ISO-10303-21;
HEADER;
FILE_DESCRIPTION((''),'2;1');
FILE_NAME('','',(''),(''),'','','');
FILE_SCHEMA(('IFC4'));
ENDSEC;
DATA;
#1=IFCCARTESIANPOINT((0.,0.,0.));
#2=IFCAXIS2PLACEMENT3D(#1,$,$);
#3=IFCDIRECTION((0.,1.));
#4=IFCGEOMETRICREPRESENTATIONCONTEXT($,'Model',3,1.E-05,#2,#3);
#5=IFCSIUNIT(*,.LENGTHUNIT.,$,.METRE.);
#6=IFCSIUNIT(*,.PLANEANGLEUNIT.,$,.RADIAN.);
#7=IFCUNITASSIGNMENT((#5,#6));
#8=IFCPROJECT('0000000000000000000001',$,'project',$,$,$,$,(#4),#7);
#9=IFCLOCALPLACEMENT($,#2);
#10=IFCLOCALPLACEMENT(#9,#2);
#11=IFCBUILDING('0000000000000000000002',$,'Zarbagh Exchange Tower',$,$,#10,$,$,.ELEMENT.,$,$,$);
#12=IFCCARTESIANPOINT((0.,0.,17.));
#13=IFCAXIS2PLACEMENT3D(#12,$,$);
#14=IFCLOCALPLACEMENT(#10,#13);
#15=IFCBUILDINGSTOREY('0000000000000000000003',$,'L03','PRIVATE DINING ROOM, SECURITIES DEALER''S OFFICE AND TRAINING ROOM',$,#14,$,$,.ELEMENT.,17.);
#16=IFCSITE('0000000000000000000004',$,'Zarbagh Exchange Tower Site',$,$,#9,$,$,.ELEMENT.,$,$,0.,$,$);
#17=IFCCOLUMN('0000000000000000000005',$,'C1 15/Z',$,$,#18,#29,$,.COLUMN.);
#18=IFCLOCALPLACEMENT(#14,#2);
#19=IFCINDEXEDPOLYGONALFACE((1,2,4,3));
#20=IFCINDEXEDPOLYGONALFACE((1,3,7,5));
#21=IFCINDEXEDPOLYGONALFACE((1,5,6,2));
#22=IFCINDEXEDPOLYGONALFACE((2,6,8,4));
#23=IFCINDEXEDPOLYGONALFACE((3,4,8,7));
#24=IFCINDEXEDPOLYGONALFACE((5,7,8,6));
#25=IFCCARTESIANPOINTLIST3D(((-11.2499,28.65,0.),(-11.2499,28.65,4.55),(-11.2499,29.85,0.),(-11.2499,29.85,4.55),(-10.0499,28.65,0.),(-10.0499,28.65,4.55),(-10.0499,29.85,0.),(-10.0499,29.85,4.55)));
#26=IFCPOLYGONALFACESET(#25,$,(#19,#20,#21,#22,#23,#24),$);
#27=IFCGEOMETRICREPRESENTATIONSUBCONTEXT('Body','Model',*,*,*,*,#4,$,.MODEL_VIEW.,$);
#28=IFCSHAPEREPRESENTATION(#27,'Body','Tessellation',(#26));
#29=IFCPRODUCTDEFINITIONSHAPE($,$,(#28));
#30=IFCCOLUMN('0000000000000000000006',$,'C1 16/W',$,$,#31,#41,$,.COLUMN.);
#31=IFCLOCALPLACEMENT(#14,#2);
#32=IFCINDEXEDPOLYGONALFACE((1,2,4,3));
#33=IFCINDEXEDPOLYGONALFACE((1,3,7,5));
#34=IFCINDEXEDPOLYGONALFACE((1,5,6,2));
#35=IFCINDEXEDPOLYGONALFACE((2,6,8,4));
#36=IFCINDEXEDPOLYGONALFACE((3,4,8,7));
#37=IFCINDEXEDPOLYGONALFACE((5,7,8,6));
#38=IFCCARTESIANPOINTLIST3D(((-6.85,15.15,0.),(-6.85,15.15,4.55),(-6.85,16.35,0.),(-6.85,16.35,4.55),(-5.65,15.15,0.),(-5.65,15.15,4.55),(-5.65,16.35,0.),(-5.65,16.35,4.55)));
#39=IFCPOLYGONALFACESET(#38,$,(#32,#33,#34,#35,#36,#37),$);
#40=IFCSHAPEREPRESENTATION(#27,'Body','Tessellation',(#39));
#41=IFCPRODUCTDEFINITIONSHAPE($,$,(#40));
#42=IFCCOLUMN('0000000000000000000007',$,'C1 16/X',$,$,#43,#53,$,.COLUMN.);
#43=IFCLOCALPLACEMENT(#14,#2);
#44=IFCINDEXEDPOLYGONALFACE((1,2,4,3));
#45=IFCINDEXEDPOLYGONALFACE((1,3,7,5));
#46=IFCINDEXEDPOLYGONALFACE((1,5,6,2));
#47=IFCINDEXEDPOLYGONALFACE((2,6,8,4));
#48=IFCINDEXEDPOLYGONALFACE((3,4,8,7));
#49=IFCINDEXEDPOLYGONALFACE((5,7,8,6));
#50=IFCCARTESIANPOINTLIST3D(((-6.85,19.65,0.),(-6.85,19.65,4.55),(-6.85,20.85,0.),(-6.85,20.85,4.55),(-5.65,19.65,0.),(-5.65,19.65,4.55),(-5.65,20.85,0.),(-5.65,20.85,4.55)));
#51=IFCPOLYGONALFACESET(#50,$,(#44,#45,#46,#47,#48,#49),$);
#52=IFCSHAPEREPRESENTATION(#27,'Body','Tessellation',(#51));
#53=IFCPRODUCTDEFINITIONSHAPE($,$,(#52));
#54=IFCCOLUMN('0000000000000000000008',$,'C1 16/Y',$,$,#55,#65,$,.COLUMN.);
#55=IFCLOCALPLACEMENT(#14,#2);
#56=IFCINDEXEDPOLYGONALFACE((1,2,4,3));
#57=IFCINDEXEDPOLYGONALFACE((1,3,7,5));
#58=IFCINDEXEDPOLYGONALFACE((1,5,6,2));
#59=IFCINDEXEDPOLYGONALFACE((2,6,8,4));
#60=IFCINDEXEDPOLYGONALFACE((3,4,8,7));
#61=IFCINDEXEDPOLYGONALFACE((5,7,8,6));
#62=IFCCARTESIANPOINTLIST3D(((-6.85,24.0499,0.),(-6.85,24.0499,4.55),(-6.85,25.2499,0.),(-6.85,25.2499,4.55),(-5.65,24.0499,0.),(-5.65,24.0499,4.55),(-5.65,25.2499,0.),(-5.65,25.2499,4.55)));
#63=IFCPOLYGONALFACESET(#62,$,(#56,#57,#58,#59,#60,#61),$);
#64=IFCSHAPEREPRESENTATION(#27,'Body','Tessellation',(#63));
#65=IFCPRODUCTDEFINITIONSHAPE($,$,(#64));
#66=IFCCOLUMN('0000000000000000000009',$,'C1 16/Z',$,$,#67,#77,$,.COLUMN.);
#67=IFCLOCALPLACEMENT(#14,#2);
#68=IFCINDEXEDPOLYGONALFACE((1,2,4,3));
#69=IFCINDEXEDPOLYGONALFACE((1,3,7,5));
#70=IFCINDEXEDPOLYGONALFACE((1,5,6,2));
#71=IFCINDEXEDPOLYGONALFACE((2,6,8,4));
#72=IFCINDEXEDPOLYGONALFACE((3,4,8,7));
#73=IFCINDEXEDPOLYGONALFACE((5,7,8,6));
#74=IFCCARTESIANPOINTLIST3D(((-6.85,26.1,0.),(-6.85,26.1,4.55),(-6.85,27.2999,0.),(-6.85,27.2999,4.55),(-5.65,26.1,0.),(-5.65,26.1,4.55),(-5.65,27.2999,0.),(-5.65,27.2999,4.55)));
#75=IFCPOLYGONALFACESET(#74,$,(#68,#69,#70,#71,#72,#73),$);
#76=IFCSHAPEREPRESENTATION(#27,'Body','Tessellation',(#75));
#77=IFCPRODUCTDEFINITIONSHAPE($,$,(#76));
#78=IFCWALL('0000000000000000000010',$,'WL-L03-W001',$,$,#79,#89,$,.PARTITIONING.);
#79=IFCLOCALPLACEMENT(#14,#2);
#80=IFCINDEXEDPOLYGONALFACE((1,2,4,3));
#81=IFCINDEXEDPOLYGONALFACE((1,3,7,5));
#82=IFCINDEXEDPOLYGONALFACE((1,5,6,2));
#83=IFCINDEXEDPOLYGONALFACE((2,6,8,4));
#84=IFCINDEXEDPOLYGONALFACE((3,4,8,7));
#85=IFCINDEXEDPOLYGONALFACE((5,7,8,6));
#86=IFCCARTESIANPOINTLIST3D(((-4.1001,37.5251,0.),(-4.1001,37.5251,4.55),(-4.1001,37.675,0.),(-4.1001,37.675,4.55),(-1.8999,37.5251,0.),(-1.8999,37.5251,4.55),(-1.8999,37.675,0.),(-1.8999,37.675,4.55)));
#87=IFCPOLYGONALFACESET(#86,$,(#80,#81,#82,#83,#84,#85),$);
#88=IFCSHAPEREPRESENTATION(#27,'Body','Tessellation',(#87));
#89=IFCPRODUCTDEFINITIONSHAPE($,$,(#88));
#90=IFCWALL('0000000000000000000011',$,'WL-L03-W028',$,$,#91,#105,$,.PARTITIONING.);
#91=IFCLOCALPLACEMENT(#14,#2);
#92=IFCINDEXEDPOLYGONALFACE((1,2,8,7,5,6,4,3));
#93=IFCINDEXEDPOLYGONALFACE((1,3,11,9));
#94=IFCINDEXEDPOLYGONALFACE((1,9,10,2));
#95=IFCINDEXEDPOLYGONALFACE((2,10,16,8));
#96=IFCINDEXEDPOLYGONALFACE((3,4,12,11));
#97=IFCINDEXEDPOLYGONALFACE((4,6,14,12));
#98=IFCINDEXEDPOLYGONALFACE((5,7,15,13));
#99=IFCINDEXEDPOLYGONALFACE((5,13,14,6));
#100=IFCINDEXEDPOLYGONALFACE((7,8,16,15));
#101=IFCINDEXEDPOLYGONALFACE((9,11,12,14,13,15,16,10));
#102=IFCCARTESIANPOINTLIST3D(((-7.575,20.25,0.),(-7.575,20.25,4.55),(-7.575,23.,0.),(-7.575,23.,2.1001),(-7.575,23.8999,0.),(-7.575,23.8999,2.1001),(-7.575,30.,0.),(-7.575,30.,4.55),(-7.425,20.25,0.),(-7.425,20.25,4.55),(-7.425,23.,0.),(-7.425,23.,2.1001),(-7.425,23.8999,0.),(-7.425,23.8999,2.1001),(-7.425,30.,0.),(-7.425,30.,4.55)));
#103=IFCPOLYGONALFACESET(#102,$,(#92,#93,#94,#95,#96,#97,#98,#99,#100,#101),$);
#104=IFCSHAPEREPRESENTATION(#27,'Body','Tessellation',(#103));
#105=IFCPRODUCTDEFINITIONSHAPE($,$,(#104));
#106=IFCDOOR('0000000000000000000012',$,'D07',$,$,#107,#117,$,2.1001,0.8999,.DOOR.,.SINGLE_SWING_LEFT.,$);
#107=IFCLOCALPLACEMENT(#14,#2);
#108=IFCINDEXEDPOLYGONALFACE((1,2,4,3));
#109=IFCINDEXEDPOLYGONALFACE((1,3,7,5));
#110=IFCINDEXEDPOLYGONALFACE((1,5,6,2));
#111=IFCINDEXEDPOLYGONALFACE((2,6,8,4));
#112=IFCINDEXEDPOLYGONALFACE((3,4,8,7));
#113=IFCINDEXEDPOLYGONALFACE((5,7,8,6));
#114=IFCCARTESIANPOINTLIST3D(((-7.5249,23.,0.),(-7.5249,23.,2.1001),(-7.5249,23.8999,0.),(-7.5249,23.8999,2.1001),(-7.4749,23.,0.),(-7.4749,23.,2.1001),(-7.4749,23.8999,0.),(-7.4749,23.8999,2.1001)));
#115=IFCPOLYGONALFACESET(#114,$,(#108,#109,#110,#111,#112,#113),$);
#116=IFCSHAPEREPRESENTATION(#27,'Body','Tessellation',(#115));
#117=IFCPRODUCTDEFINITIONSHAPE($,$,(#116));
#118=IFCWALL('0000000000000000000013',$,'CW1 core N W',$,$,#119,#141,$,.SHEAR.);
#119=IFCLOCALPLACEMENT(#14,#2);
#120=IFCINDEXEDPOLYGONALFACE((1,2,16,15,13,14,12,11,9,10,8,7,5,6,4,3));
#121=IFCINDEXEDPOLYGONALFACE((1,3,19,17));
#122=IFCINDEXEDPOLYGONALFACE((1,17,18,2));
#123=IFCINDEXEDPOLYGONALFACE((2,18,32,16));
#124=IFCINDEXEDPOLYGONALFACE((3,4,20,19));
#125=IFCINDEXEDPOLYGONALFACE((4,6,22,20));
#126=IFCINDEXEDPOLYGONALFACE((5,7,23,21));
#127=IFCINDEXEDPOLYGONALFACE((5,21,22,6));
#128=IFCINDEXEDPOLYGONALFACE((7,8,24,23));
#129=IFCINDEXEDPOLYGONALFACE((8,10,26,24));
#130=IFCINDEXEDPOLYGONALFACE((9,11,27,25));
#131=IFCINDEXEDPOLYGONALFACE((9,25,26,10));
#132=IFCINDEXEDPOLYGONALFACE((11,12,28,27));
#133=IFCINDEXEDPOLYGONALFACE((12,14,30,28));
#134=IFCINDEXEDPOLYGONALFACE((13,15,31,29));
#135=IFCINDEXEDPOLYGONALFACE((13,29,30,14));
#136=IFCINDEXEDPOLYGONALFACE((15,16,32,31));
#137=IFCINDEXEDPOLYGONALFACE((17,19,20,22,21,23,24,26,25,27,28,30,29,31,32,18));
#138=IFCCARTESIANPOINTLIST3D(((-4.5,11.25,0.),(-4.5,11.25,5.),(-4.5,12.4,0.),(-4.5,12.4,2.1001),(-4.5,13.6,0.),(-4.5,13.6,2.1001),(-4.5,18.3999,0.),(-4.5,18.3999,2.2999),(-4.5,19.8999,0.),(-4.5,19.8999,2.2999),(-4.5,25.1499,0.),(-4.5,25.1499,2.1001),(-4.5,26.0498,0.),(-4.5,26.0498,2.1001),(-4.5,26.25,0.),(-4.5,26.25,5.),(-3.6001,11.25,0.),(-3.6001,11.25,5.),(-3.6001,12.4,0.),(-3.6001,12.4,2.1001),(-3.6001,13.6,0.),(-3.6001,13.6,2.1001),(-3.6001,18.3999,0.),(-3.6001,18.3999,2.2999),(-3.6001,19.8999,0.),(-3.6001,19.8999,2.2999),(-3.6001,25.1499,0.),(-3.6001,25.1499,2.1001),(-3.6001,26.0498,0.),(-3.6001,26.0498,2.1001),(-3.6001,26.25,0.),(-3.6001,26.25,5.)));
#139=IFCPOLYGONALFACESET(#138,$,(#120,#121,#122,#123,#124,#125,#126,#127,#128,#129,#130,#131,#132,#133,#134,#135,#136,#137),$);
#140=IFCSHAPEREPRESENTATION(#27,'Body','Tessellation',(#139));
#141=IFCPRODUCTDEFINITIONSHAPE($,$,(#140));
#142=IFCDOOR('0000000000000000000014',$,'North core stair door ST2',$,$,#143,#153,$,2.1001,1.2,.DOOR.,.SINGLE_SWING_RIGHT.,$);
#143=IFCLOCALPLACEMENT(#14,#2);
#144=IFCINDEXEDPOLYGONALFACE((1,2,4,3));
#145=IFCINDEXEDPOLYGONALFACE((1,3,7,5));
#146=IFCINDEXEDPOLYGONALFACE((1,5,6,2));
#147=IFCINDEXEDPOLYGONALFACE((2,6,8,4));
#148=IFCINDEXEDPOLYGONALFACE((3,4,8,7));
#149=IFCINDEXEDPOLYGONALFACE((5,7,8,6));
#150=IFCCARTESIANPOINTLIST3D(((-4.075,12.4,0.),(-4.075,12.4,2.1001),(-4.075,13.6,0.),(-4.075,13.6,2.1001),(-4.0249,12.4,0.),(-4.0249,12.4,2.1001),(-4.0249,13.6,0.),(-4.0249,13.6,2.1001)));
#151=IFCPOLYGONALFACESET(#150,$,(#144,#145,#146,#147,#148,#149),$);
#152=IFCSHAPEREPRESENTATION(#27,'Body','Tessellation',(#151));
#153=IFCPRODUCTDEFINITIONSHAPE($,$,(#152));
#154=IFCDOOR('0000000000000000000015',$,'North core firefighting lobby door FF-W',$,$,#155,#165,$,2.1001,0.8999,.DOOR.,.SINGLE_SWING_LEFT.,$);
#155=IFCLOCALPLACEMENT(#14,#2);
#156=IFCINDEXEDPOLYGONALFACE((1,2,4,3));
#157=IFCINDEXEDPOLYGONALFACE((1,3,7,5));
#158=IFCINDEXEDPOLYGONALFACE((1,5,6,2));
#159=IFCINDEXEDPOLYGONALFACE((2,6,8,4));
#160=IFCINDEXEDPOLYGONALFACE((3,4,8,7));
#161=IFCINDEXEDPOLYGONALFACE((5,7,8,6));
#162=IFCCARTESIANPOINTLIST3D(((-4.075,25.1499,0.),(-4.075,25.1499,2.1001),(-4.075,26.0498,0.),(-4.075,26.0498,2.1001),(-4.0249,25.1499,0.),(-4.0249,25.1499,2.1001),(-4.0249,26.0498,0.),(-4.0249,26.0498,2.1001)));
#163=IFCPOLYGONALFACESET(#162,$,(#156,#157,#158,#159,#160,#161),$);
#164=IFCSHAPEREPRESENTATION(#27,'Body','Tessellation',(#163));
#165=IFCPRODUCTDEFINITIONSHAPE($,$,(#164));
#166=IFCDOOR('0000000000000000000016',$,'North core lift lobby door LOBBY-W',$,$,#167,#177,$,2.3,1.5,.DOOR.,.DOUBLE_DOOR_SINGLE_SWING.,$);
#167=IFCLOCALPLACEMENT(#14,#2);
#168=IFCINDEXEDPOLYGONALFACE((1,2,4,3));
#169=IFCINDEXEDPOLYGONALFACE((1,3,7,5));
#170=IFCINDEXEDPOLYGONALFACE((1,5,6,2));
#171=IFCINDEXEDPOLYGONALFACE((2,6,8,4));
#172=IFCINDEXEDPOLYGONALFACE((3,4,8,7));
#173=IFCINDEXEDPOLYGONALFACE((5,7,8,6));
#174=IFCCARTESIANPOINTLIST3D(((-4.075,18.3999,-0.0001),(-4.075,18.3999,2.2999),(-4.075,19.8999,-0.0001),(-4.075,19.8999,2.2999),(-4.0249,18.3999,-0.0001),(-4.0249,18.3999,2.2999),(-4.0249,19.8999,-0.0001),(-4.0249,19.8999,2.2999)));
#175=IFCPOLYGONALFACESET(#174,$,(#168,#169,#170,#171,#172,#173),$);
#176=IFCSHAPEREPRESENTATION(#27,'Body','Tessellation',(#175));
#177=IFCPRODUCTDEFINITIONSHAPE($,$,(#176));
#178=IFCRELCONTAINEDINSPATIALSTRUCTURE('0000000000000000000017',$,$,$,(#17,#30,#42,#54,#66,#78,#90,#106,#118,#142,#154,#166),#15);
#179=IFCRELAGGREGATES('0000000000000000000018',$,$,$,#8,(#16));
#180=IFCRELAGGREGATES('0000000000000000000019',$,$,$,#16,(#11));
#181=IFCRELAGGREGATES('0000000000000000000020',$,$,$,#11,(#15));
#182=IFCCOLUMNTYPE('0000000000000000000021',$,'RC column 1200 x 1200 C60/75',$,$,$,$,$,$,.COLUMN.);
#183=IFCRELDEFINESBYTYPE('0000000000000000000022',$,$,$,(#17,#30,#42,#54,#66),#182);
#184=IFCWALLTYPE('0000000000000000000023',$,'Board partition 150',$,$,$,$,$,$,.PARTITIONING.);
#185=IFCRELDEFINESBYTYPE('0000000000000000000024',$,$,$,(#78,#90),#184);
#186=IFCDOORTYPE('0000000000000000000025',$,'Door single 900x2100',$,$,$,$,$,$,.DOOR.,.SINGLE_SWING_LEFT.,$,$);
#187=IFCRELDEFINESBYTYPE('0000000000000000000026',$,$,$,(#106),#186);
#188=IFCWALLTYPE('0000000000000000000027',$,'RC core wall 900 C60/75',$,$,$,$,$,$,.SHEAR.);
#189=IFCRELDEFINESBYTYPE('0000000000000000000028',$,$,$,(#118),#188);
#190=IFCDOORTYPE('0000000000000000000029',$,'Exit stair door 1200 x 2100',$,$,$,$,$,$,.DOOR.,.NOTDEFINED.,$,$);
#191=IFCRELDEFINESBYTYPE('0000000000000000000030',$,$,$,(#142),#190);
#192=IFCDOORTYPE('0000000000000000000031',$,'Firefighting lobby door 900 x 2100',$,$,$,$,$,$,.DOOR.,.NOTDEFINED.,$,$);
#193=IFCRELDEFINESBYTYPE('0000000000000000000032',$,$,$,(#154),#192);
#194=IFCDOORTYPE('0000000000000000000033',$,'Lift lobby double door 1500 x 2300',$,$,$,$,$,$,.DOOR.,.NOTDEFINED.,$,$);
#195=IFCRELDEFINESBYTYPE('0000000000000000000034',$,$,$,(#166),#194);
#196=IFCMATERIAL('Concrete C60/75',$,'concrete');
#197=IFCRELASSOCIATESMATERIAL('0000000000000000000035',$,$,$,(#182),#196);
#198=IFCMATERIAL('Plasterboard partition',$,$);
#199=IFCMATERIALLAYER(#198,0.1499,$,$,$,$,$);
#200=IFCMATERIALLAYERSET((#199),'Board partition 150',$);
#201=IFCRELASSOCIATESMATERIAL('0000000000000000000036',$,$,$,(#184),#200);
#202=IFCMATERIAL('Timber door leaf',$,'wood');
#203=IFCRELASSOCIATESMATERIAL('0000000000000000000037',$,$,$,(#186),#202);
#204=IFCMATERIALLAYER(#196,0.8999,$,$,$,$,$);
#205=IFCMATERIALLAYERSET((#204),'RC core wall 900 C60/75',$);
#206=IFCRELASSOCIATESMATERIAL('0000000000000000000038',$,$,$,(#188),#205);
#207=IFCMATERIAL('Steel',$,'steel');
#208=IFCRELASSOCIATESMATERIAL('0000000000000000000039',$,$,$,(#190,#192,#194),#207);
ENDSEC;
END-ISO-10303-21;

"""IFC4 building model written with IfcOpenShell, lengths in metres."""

from ifc_helpers import new_model, si_unit, direction, frame, frame_2d, origin, origin_2d, place, context, subcontext, project, spatial, rectangle, extrude, material, layer, layer_set, material_profile, profile_set, type_object, element, fill, save


model = new_model("IFC4")

# Units and contexts
model_context = context("Model", 3, precision=1e-05, world=origin(), true_north=direction((0.0, 1.0)))
body_context = subcontext(model_context, "Body", "Model", "MODEL_VIEW")
ifc_project = project(units=[si_unit("LENGTHUNIT", "METRE"), si_unit("PLANEANGLEUNIT", "RADIAN")], contexts=[model_context])

# Site, building, storey
site_placement = place(None, origin())
site = spatial("IfcSite", under=ifc_project, at=site_placement, Name="Zarbagh Exchange Tower Site", CompositionType="ELEMENT", RefElevation=0.0)
building_placement = place(site_placement, origin())
building = spatial("IfcBuilding", under=site, at=building_placement, Name="Zarbagh Exchange Tower", CompositionType="ELEMENT")
storey_placement = place(building_placement, frame((0.0, 0.0, 17.0)))
storey = spatial("IfcBuildingStorey", under=building, at=storey_placement, Name="L03", Description="PRIVATE DINING ROOM, SECURITIES DEALER'S OFFICE AND TRAINING ROOM", CompositionType="ELEMENT", Elevation=17.0)

# Columns
ifc_material_1 = material(Name="Concrete C60/75", Category="concrete")
ifc_material_profile = material_profile(ifc_material_1, rectangle(XDim=1.2, YDim=1.2, at=origin_2d()), Name="RC column 1200 x 1200 C60/75")
ifc_profile_set = profile_set([ifc_material_profile], Name="Concrete C60/75")
column_type = type_object("IfcColumnType", Name="RC column 1200 x 1200 C60/75", PredefinedType="COLUMN", material=ifc_profile_set)
for number, where, z_axis, x_axis, name in (
    (1, (-10.6499, 29.25, 0.0), (0.0, 0.0, 1.0), (1.0, 0.0, 0.0), "C1 15/Z"),
    (2, (-6.25, 15.75, 0.0), (0.0, 0.0, 1.0), (1.0, 0.0, 0.0), "C1 16/W"),
    (3, (-6.25, 20.25, 0.0), (0.0, 0.0, 1.0), (1.0, 0.0, 0.0), "C1 16/X"),
    (4, (-6.25, 24.6499, 0.0), (0.0, 0.0, 1.0), (1.0, 0.0, 0.0), "C1 16/Y"),
    (5, (-6.25, 26.7, 0.0), (0.0, 0.0, 1.0), (1.0, 0.0, 0.0), "C1 16/Z"),
):
    element("IfcColumn", number, at=place(storey_placement, frame(where, z_axis=z_axis, x_axis=x_axis)), inside=storey, type_object=column_type, Name=name, PredefinedType="COLUMN", context=body_context, shape_type="SweptSolid", body=[
        extrude(rectangle(XDim=1.2, YDim=1.2, at=origin_2d()), origin(), (0.0, 0.0, 1.0), 4.55),
    ])

# Wall
ifc_material_2 = material(Name="Plasterboard partition")
ifc_layer_1 = layer(ifc_material_2, 0.1499)
ifc_layer_set_1 = layer_set([ifc_layer_1], Name="Board partition 150")
wall_type_1 = type_object("IfcWallType", Name="Board partition 150", PredefinedType="PARTITIONING", material=ifc_layer_set_1)
wall_1_placement = place(storey_placement, frame((-4.1001, 37.6001, 0.0), z_axis=(0.0, 0.0, 1.0), x_axis=(1.0, 0.0, 0.0)))
element("IfcWall", 6, at=wall_1_placement, inside=storey, type_object=wall_type_1, Name="WL-L03-W001", PredefinedType="PARTITIONING", context=body_context, shape_type="SweptSolid", body=[
    extrude(rectangle(XDim=2.2002, YDim=0.1499, at=frame_2d((1.1001, 0.0))), origin(), (0.0, 0.0, 1.0), 4.55),
])

# Wall, opening, door
wall_2_placement = place(storey_placement, frame((-7.5, 20.25, 0.0), z_axis=(0.0, 0.0, 1.0), x_axis=(0.0, 1.0, 0.0)))
wall_2 = element("IfcWall", 7, at=wall_2_placement, inside=storey, type_object=wall_type_1, Name="WL-L03-W028", PredefinedType="PARTITIONING", context=body_context, shape_type="SweptSolid", body=[
    extrude(rectangle(XDim=9.75, YDim=0.1499, at=frame_2d((4.875, 0.0))), origin(), (0.0, 0.0, 1.0), 4.55),
])
opening_1_placement = place(wall_2_placement, frame((2.75, 0.0, 0.0)))
opening_1 = element("IfcOpeningElement", 8, at=opening_1_placement, cuts=wall_2, PredefinedType="OPENING", context=body_context, shape_type="SweptSolid", body=[
    extrude(rectangle(XDim=0.8999, YDim=2.1001, at=frame_2d((0.45, 1.05))), frame((0.0, 0.085, 0.0), z_axis=(0.0, -1.0, 0.0), x_axis=(1.0, 0.0, 0.0)), (0.0, 0.0, 1.0), 0.1699),
])
ifc_material_3 = material(Name="Timber door leaf", Category="wood")
door_type_1 = type_object("IfcDoorType", Name="Door single 900x2100", OperationType="SINGLE_SWING_LEFT", PredefinedType="DOOR", material=ifc_material_3)
door_1_placement = place(opening_1_placement, origin())
door_1 = element("IfcDoor", 9, at=door_1_placement, inside=storey, type_object=door_type_1, Name="D07", OperationType="SINGLE_SWING_LEFT", OverallHeight=2.1001, OverallWidth=0.8999, PredefinedType="DOOR", context=body_context, shape_type="SweptSolid", body=[
    extrude(rectangle(XDim=0.8999, YDim=2.1001, at=frame_2d((0.45, 1.05))), frame((0.0, 0.0249, 0.0), z_axis=(0.0, -1.0, 0.0), x_axis=(1.0, 0.0, 0.0)), (0.0, 0.0, 1.0), 0.05),
])
fill(opening_1, door_1)

# Wall, openings, doors
ifc_layer_2 = layer(ifc_material_1, 0.8999)
ifc_layer_set_2 = layer_set([ifc_layer_2], Name="RC core wall 900 C60/75")
wall_type_2 = type_object("IfcWallType", Name="RC core wall 900 C60/75", PredefinedType="SHEAR", material=ifc_layer_set_2)
wall_3_placement = place(storey_placement, frame((-4.05, 11.25, 0.0), z_axis=(0.0, 0.0, 1.0), x_axis=(0.0, 1.0, 0.0)))
wall_3 = element("IfcWall", 10, at=wall_3_placement, inside=storey, type_object=wall_type_2, Name="CW1 core N W", PredefinedType="SHEAR", context=body_context, shape_type="SweptSolid", body=[
    extrude(rectangle(XDim=15.0, YDim=0.8999, at=frame_2d((7.5, 0.0))), origin(), (0.0, 0.0, 1.0), 5.0),
])
opening_2_placement = place(wall_3_placement, frame((7.1499, 0.0, 0.0)))
opening_2 = element("IfcOpeningElement", 11, at=opening_2_placement, cuts=wall_3, PredefinedType="OPENING", context=body_context, shape_type="SweptSolid", body=[
    extrude(rectangle(XDim=1.5, YDim=2.3, at=frame_2d((0.75, 1.1499))), frame((0.0, 0.46, 0.0), z_axis=(0.0, -1.0, 0.0), x_axis=(1.0, 0.0, 0.0)), (0.0, 0.0, 1.0), 0.9199),
])
opening_3_placement = place(wall_3_placement, frame((13.8999, 0.0, 0.0)))
opening_3 = element("IfcOpeningElement", 12, at=opening_3_placement, cuts=wall_3, PredefinedType="OPENING", context=body_context, shape_type="SweptSolid", body=[
    extrude(rectangle(XDim=0.8999, YDim=2.1001, at=frame_2d((0.45, 1.05))), frame((0.0, 0.46, 0.0), z_axis=(0.0, -1.0, 0.0), x_axis=(1.0, 0.0, 0.0)), (0.0, 0.0, 1.0), 0.9199),
])
opening_4_placement = place(wall_3_placement, frame((1.1499, 0.0, 0.0)))
opening_4 = element("IfcOpeningElement", 13, at=opening_4_placement, cuts=wall_3, PredefinedType="OPENING", context=body_context, shape_type="SweptSolid", body=[
    extrude(rectangle(XDim=1.2, YDim=2.1001, at=frame_2d((0.6001, 1.05))), frame((0.0, 0.46, 0.0), z_axis=(0.0, -1.0, 0.0), x_axis=(1.0, 0.0, 0.0)), (0.0, 0.0, 1.0), 0.9199),
])
ifc_material_4 = material(Name="Steel", Category="steel")
door_type_2 = type_object("IfcDoorType", Name="Exit stair door 1200 x 2100", OperationType="NOTDEFINED", PredefinedType="DOOR", material=ifc_material_4)
door_2_placement = place(opening_4_placement, origin())
door_2 = element("IfcDoor", 14, at=door_2_placement, inside=storey, type_object=door_type_2, Name="North core stair door ST2", OperationType="SINGLE_SWING_RIGHT", OverallHeight=2.1001, OverallWidth=1.2, PredefinedType="DOOR", context=body_context, shape_type="SweptSolid", body=[
    extrude(rectangle(XDim=1.2, YDim=2.1001, at=frame_2d((0.6001, 1.05))), frame((0.0, 0.0249, 0.0), z_axis=(0.0, -1.0, 0.0), x_axis=(1.0, 0.0, 0.0)), (0.0, 0.0, 1.0), 0.05),
])
fill(opening_4, door_2)
door_type_3 = type_object("IfcDoorType", Name="Firefighting lobby door 900 x 2100", OperationType="NOTDEFINED", PredefinedType="DOOR", material=ifc_material_4)
door_3_placement = place(opening_3_placement, origin())
door_3 = element("IfcDoor", 15, at=door_3_placement, inside=storey, type_object=door_type_3, Name="North core firefighting lobby door FF-W", OperationType="SINGLE_SWING_LEFT", OverallHeight=2.1001, OverallWidth=0.8999, PredefinedType="DOOR", context=body_context, shape_type="SweptSolid", body=[
    extrude(rectangle(XDim=0.8999, YDim=2.1001, at=frame_2d((0.45, 1.05))), frame((0.0, 0.0249, 0.0), z_axis=(0.0, -1.0, 0.0), x_axis=(1.0, 0.0, 0.0)), (0.0, 0.0, 1.0), 0.05),
])
fill(opening_3, door_3)
door_type_4 = type_object("IfcDoorType", Name="Lift lobby double door 1500 x 2300", OperationType="NOTDEFINED", PredefinedType="DOOR", material=ifc_material_4)
door_4_placement = place(opening_2_placement, origin())
door_4 = element("IfcDoor", 16, at=door_4_placement, inside=storey, type_object=door_type_4, Name="North core lift lobby door LOBBY-W", OperationType="DOUBLE_DOOR_SINGLE_SWING", OverallHeight=2.3, OverallWidth=1.5, PredefinedType="DOOR", context=body_context, shape_type="SweptSolid", body=[
    extrude(rectangle(XDim=1.5, YDim=2.3, at=frame_2d((0.75, 1.1499))), frame((0.0, 0.0249, 0.0), z_axis=(0.0, -1.0, 0.0), x_axis=(1.0, 0.0, 0.0)), (0.0, 0.0, 1.0), 0.05),
])
fill(opening_2, door_4)

save(model, "model.ifc")
